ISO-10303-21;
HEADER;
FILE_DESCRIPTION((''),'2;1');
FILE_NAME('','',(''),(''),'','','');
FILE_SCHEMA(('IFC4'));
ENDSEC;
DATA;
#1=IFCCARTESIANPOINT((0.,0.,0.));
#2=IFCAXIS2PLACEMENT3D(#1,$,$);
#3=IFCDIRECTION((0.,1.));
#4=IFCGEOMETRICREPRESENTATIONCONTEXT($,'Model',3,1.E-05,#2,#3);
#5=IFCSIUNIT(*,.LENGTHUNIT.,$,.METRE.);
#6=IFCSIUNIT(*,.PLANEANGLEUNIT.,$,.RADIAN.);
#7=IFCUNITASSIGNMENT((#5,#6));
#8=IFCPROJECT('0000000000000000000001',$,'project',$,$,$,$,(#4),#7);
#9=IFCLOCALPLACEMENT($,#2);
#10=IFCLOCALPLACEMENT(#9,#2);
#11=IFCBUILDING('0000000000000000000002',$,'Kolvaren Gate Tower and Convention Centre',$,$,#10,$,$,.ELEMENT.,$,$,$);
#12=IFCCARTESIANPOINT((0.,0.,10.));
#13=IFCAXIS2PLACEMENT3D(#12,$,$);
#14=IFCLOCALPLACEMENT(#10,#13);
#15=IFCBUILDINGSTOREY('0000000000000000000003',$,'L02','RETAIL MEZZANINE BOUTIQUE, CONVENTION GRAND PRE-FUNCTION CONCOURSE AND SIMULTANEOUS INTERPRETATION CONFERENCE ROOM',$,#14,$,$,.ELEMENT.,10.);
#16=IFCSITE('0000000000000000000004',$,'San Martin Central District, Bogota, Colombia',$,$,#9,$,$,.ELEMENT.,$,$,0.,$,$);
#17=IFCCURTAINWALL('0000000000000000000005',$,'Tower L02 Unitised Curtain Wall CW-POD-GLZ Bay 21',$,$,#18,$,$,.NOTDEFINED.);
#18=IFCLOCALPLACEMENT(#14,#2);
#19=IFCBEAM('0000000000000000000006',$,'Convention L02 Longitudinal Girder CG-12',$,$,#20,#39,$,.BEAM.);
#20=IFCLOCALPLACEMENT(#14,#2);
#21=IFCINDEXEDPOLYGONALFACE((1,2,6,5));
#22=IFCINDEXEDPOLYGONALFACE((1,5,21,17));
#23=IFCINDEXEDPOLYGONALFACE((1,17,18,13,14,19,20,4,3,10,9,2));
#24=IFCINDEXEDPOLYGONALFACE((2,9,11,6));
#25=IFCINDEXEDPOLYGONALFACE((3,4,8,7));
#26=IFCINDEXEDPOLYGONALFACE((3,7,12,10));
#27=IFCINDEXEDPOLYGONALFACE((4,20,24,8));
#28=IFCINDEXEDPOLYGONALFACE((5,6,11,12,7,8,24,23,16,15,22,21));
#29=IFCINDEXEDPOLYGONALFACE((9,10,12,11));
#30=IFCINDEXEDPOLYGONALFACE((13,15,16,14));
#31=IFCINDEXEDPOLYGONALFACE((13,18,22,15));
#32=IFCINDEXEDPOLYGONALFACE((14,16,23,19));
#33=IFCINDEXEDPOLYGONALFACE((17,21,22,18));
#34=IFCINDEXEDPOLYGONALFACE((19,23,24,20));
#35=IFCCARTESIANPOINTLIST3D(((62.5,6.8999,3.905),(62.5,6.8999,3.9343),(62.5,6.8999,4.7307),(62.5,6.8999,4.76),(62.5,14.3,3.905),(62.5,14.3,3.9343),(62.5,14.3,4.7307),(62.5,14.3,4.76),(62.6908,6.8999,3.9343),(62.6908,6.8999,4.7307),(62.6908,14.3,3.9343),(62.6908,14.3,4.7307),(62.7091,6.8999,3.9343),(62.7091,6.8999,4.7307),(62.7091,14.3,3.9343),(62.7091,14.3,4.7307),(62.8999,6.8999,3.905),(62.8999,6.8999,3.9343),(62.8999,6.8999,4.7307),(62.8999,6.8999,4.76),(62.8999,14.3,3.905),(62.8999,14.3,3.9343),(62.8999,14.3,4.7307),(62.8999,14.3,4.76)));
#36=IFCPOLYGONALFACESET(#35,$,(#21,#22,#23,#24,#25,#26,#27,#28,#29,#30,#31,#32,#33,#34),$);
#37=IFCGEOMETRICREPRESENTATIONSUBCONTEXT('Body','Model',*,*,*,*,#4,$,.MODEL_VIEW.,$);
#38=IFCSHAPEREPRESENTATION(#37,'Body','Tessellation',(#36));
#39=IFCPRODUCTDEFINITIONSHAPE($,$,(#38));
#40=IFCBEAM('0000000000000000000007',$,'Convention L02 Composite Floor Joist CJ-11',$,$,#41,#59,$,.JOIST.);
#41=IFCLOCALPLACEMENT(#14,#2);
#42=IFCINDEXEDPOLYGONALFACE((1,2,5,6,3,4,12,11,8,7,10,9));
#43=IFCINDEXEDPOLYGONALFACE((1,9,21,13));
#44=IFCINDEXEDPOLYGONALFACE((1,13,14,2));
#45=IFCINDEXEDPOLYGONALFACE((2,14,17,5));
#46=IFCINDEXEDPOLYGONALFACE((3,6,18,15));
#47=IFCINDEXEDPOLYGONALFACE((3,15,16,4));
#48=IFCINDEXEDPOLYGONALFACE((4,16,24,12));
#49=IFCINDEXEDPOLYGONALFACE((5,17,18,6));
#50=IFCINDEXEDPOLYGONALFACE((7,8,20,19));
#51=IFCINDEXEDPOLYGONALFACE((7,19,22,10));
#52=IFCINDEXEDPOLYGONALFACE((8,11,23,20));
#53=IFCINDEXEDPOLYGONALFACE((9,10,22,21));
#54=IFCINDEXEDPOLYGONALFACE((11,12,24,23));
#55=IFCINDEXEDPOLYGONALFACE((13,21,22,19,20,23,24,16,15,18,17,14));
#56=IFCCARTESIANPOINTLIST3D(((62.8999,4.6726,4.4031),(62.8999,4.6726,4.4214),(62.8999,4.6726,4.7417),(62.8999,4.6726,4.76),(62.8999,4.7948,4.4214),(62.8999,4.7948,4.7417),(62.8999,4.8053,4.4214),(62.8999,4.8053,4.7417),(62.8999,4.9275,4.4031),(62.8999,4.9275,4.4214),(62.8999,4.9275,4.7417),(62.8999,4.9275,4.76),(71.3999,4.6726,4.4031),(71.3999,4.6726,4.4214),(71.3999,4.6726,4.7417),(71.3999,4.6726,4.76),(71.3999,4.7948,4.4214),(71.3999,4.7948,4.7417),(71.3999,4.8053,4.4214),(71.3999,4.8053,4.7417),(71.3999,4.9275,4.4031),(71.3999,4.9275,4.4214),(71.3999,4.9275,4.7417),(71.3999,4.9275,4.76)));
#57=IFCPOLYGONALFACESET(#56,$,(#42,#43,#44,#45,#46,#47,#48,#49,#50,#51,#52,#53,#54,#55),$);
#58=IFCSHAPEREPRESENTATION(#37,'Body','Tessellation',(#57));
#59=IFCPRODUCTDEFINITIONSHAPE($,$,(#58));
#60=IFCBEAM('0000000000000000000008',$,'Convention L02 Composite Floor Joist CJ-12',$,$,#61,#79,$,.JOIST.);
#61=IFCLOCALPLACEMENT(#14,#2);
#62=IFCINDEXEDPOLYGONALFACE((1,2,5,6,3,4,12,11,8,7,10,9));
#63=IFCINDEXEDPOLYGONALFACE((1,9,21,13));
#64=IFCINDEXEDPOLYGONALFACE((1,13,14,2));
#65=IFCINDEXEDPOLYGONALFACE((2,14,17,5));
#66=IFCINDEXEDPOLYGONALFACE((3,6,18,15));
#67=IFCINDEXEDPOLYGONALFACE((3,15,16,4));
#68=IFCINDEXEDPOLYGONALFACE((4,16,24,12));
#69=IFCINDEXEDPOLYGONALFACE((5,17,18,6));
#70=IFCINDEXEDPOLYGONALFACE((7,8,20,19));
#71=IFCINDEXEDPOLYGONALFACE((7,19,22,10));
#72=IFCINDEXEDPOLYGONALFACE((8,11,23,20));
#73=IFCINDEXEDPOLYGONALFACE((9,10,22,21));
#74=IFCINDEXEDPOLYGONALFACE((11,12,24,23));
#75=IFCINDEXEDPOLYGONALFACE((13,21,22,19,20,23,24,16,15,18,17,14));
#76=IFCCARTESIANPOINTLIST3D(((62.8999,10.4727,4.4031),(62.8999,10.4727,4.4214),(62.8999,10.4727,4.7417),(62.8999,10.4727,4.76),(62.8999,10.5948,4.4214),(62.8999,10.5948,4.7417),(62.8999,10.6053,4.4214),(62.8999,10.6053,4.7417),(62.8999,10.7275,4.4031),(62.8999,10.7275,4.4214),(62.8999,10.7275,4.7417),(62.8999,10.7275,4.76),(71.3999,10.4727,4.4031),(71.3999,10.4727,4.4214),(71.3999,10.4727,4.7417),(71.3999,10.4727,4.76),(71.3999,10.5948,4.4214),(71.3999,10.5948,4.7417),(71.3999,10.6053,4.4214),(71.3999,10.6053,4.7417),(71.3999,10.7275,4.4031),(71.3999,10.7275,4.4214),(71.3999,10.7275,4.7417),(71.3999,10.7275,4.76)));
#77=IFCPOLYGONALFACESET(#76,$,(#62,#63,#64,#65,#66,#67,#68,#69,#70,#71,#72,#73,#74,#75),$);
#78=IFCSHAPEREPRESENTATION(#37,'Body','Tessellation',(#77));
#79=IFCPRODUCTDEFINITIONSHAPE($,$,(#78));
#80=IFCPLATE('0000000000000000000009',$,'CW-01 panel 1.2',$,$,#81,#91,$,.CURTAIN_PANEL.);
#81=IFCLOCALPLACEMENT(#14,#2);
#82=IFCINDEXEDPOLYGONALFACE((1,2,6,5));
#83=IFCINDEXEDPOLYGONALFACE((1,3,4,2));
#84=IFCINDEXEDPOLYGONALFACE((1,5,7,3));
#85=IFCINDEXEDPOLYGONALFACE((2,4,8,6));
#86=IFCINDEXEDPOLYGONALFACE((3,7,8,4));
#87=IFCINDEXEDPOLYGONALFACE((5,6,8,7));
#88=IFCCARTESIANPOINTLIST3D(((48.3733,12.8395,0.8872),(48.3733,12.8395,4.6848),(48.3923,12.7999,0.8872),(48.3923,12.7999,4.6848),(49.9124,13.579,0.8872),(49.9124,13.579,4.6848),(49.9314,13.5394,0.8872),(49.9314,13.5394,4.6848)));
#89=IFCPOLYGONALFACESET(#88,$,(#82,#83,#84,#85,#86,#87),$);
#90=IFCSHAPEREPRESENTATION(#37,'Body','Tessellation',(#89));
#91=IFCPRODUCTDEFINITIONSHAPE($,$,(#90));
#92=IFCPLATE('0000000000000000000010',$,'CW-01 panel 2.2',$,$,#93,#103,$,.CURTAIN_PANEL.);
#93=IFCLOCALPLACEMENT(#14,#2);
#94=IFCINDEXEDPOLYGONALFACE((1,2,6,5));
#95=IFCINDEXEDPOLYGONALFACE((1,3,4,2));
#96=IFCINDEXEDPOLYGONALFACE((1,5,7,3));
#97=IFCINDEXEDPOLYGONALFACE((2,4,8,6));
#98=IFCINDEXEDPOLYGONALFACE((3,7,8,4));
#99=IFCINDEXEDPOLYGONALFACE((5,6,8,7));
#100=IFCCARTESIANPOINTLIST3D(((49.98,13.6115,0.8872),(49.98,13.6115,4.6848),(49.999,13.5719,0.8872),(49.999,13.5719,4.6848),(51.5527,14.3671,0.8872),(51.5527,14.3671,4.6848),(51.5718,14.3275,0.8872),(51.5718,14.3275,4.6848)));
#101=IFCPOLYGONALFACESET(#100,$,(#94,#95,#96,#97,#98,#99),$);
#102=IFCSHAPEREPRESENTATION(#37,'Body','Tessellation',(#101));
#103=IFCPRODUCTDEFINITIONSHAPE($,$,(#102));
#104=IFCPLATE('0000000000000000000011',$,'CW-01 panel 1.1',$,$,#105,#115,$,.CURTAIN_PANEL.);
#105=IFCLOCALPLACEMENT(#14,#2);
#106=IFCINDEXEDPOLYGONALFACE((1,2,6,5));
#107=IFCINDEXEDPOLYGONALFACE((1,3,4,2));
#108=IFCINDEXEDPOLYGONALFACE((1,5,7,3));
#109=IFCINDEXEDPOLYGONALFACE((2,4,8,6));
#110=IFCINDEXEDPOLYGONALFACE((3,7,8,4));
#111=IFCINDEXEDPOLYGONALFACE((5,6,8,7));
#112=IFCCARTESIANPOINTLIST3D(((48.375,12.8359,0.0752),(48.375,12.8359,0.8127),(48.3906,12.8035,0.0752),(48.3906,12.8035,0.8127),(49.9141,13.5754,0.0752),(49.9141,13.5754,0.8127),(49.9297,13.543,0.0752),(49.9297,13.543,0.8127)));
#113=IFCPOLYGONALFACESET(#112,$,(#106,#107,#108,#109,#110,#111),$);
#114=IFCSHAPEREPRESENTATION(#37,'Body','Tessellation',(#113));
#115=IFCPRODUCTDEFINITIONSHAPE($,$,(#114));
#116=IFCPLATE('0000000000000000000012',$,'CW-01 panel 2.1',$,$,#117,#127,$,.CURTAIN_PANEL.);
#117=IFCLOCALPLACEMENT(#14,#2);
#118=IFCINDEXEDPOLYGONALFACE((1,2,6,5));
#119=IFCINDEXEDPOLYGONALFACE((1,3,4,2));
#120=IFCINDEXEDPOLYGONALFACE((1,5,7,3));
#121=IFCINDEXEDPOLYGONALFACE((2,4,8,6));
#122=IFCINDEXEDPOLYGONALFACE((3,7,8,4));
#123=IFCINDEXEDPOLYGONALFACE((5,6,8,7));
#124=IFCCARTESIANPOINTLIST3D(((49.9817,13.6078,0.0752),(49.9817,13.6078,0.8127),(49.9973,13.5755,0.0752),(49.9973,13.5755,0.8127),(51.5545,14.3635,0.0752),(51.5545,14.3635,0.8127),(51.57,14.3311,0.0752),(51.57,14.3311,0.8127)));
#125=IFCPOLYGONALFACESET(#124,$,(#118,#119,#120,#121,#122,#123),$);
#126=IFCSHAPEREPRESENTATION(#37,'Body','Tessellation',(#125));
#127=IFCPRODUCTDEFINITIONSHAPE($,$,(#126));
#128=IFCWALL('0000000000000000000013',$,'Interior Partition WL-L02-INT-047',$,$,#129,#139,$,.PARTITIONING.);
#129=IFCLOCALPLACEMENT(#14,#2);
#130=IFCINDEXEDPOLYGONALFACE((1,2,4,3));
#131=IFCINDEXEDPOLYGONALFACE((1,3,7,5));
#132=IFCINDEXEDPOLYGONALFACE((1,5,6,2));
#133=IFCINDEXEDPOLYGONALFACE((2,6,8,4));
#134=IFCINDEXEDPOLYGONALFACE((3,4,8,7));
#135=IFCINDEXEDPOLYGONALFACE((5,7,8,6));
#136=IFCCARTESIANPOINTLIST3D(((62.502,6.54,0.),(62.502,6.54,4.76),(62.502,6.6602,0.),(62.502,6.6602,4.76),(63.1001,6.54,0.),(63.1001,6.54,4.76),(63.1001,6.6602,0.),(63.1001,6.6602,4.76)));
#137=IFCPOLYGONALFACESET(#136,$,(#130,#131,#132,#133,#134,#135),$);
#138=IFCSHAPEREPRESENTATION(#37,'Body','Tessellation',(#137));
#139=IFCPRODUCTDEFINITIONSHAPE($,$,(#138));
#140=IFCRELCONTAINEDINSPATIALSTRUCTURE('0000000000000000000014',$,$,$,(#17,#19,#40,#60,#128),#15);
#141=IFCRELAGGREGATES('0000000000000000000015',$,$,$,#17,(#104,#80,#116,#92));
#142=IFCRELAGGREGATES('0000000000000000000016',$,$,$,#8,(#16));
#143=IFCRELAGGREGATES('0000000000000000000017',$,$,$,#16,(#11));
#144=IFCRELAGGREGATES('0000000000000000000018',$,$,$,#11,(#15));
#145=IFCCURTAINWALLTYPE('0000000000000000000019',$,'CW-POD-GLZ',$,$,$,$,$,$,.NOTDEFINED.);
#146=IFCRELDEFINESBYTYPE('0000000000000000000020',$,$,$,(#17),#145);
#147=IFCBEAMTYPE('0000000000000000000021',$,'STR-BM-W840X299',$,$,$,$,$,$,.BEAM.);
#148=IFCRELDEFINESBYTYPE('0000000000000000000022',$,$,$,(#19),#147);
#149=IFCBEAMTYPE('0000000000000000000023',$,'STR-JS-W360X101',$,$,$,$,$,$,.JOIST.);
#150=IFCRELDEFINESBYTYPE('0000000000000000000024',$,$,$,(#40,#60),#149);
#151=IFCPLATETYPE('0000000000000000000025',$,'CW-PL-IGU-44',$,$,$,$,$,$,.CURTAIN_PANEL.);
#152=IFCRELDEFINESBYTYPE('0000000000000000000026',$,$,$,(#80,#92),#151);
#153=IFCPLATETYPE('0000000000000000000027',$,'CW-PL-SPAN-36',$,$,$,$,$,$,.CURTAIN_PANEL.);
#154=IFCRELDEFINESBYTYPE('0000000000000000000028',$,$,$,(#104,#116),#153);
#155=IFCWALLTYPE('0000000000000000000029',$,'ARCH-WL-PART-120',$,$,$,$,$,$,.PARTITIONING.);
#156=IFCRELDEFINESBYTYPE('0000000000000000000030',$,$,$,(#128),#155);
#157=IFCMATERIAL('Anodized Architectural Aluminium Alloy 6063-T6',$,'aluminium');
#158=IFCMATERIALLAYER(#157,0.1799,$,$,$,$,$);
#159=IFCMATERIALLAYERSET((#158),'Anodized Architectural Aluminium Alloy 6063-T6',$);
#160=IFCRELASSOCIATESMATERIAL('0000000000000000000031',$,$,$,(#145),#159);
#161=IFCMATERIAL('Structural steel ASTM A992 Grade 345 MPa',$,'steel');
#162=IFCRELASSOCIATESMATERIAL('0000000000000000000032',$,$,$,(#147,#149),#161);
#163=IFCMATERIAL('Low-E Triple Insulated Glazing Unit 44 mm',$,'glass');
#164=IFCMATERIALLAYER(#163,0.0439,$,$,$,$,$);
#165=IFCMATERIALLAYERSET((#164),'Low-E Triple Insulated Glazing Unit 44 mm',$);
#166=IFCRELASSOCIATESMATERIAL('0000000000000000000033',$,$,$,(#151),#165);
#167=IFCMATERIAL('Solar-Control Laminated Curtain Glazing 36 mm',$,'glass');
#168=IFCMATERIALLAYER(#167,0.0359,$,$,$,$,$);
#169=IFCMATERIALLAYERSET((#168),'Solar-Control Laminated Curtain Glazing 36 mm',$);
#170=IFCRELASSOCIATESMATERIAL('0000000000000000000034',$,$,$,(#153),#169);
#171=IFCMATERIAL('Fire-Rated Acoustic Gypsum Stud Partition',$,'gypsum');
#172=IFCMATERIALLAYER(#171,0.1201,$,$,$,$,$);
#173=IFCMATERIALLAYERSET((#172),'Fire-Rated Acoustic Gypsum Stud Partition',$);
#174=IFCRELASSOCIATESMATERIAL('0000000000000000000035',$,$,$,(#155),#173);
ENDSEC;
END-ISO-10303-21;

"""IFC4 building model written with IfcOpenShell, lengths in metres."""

from ifc_helpers import new_model, si_unit, direction, frame, frame_2d, origin, origin_2d, place, context, subcontext, project, spatial, rectangle, i_section, extrude, material, layer, layer_set, material_profile, profile_set, type_object, element, aggregate, save


model = new_model("IFC4")

# Units and contexts
model_context = context("Model", 3, precision=1e-05, world=origin(), true_north=direction((0.0, 1.0)))
body_context = subcontext(model_context, "Body", "Model", "MODEL_VIEW")
ifc_project = project(units=[si_unit("LENGTHUNIT", "METRE"), si_unit("PLANEANGLEUNIT", "RADIAN")], contexts=[model_context])

# Site, building, storey
site_placement = place(None, origin())
site = spatial("IfcSite", under=ifc_project, at=site_placement, Name="San Martin Central District, Bogota, Colombia", CompositionType="ELEMENT", RefElevation=0.0)
building_placement = place(site_placement, origin())
building = spatial("IfcBuilding", under=site, at=building_placement, Name="Kolvaren Gate Tower and Convention Centre", CompositionType="ELEMENT")
storey_placement = place(building_placement, frame((0.0, 0.0, 10.0)))
storey = spatial("IfcBuildingStorey", under=building, at=storey_placement, Name="L02", Description="RETAIL MEZZANINE BOUTIQUE, CONVENTION GRAND PRE-FUNCTION CONCOURSE AND SIMULTANEOUS INTERPRETATION CONFERENCE ROOM", CompositionType="ELEMENT", Elevation=10.0)

# Curtain wall
ifc_material_1 = material(Name="Anodized Architectural Aluminium Alloy 6063-T6", Category="aluminium")
ifc_layer_1 = layer(ifc_material_1, 0.1799)
ifc_layer_set_1 = layer_set([ifc_layer_1], Name="Anodized Architectural Aluminium Alloy 6063-T6")
curtain_wall_type = type_object("IfcCurtainWallType", Name="CW-POD-GLZ", PredefinedType="NOTDEFINED", material=ifc_layer_set_1)
curtain_wall_placement = place(storey_placement, origin())
curtain_wall = element("IfcCurtainWall", 1, at=curtain_wall_placement, inside=storey, type_object=curtain_wall_type, Name="Tower L02 Unitised Curtain Wall CW-POD-GLZ Bay 21", PredefinedType="NOTDEFINED")

# Beams
ifc_material_2 = material(Name="Structural steel ASTM A992 Grade 345 MPa", Category="steel")
ifc_material_profile_1 = material_profile(ifc_material_2, i_section(OverallWidth=0.3999, OverallDepth=0.855, WebThickness=0.0183, FlangeThickness=0.0293, at=origin_2d()), Name="W840X299")
ifc_profile_set_1 = profile_set([ifc_material_profile_1], Name="Structural steel ASTM A992 Grade 345 MPa")
beam_type_1 = type_object("IfcBeamType", Name="STR-BM-W840X299", PredefinedType="BEAM", material=ifc_profile_set_1)
beam_1_placement = place(storey_placement, frame((62.7, 6.8999, 4.3325), z_axis=(0.0, 1.0, 0.0), x_axis=(-1.0, 0.0, 0.0)))
element("IfcBeam", 2, at=beam_1_placement, inside=storey, type_object=beam_type_1, Name="Convention L02 Longitudinal Girder CG-12", PredefinedType="BEAM", context=body_context, shape_type="SweptSolid", body=[
    extrude(i_section(OverallWidth=0.3999, OverallDepth=0.855, WebThickness=0.0183, FlangeThickness=0.0293, at=origin_2d()), origin(), (0.0, 0.0, 1.0), 7.4001),
])
ifc_material_profile_2 = material_profile(ifc_material_2, i_section(OverallWidth=0.2549, OverallDepth=0.3569, WebThickness=0.0105, FlangeThickness=0.0183, at=origin_2d()), Name="W360X101")
ifc_profile_set_2 = profile_set([ifc_material_profile_2], Name="Structural steel ASTM A992 Grade 345 MPa")
beam_type_2 = type_object("IfcBeamType", Name="STR-JS-W360X101", PredefinedType="JOIST", material=ifc_profile_set_2)
for number, where, z_axis, x_axis, name in (
    (3, (62.8999, 4.8, 4.5815), (1.0, 0.0, 0.0), (0.0, 1.0, 0.0), "Convention L02 Composite Floor Joist CJ-11"),
    (4, (62.8999, 10.6001, 4.5815), (1.0, 0.0, 0.0), (0.0, 1.0, 0.0), "Convention L02 Composite Floor Joist CJ-12"),
):
    element("IfcBeam", number, at=place(storey_placement, frame(where, z_axis=z_axis, x_axis=x_axis)), inside=storey, type_object=beam_type_2, Name=name, PredefinedType="JOIST", context=body_context, shape_type="SweptSolid", body=[
        extrude(i_section(OverallWidth=0.2549, OverallDepth=0.3569, WebThickness=0.0105, FlangeThickness=0.0183, at=origin_2d()), origin(), (0.0, 0.0, 1.0), 8.5),
    ])

# Plates
ifc_material_3 = material(Name="Low-E Triple Insulated Glazing Unit 44 mm", Category="glass")
ifc_layer_2 = layer(ifc_material_3, 0.0439)
ifc_layer_set_2 = layer_set([ifc_layer_2], Name="Low-E Triple Insulated Glazing Unit 44 mm")
plate_type_1 = type_object("IfcPlateType", Name="CW-PL-IGU-44", PredefinedType="CURTAIN_PANEL", material=ifc_layer_set_2)
plate_1_placement = place(storey_placement, frame((49.1523, 13.1895, 0.8872), z_axis=(0.0, 0.0, 1.0), x_axis=(0.901364, 0.433063, 0.0)))
plate_1 = element("IfcPlate", 5, at=plate_1_placement, type_object=plate_type_1, Name="CW-01 panel 1.2", PredefinedType="CURTAIN_PANEL", context=body_context, shape_type="SweptSolid", body=[
    extrude(rectangle(XDim=1.7075, YDim=0.0439, at=origin_2d()), origin(), (0.0, 0.0, 1.0), 3.7976),
])
plate_2_placement = place(storey_placement, frame((50.7759, 13.9695, 0.8872), z_axis=(0.0, 0.0, 1.0), x_axis=(0.901364, 0.433063, 0.0)))
plate_2 = element("IfcPlate", 6, at=plate_2_placement, type_object=plate_type_1, Name="CW-01 panel 2.2", PredefinedType="CURTAIN_PANEL", context=body_context, shape_type="SweptSolid", body=[
    extrude(rectangle(XDim=1.7449, YDim=0.0439, at=origin_2d()), origin(), (0.0, 0.0, 1.0), 3.7976),
])
ifc_material_4 = material(Name="Solar-Control Laminated Curtain Glazing 36 mm", Category="glass")
ifc_layer_3 = layer(ifc_material_4, 0.0359)
ifc_layer_set_3 = layer_set([ifc_layer_3], Name="Solar-Control Laminated Curtain Glazing 36 mm")
plate_type_2 = type_object("IfcPlateType", Name="CW-PL-SPAN-36", PredefinedType="CURTAIN_PANEL", material=ifc_layer_set_3)
plate_3_placement = place(storey_placement, frame((49.1523, 13.1895, 0.0752), z_axis=(0.0, 0.0, 1.0), x_axis=(0.901364, 0.433063, 0.0)))
plate_3 = element("IfcPlate", 7, at=plate_3_placement, type_object=plate_type_2, Name="CW-01 panel 1.1", PredefinedType="CURTAIN_PANEL", context=body_context, shape_type="SweptSolid", body=[
    extrude(rectangle(XDim=1.7075, YDim=0.0359, at=origin_2d()), origin(), (0.0, 0.0, 1.0), 0.7375),
])
plate_4_placement = place(storey_placement, frame((50.7759, 13.9695, 0.0752), z_axis=(0.0, 0.0, 1.0), x_axis=(0.901364, 0.433063, 0.0)))
plate_4 = element("IfcPlate", 8, at=plate_4_placement, type_object=plate_type_2, Name="CW-01 panel 2.1", PredefinedType="CURTAIN_PANEL", context=body_context, shape_type="SweptSolid", body=[
    extrude(rectangle(XDim=1.7449, YDim=0.0359, at=origin_2d()), origin(), (0.0, 0.0, 1.0), 0.7375),
])
aggregate(curtain_wall, [plate_3, plate_1, plate_4, plate_2])

# Wall
ifc_material_5 = material(Name="Fire-Rated Acoustic Gypsum Stud Partition", Category="gypsum")
ifc_layer_4 = layer(ifc_material_5, 0.1201)
ifc_layer_set_4 = layer_set([ifc_layer_4], Name="Fire-Rated Acoustic Gypsum Stud Partition")
wall_type_1 = type_object("IfcWallType", Name="ARCH-WL-PART-120", PredefinedType="PARTITIONING", material=ifc_layer_set_4)
wall_1_placement = place(storey_placement, frame((62.502, 6.6001, 0.0), z_axis=(0.0, 0.0, 1.0), x_axis=(1.0, 0.0, 0.0)))
element("IfcWall", 9, at=wall_1_placement, inside=storey, type_object=wall_type_1, Name="Interior Partition WL-L02-INT-047", PredefinedType="PARTITIONING", context=body_context, shape_type="SweptSolid", body=[
    extrude(rectangle(XDim=0.5981, YDim=0.1201, at=frame_2d((0.2991, 0.0))), origin(), (0.0, 0.0, 1.0), 4.76),
])

save(model, "model.ifc")
